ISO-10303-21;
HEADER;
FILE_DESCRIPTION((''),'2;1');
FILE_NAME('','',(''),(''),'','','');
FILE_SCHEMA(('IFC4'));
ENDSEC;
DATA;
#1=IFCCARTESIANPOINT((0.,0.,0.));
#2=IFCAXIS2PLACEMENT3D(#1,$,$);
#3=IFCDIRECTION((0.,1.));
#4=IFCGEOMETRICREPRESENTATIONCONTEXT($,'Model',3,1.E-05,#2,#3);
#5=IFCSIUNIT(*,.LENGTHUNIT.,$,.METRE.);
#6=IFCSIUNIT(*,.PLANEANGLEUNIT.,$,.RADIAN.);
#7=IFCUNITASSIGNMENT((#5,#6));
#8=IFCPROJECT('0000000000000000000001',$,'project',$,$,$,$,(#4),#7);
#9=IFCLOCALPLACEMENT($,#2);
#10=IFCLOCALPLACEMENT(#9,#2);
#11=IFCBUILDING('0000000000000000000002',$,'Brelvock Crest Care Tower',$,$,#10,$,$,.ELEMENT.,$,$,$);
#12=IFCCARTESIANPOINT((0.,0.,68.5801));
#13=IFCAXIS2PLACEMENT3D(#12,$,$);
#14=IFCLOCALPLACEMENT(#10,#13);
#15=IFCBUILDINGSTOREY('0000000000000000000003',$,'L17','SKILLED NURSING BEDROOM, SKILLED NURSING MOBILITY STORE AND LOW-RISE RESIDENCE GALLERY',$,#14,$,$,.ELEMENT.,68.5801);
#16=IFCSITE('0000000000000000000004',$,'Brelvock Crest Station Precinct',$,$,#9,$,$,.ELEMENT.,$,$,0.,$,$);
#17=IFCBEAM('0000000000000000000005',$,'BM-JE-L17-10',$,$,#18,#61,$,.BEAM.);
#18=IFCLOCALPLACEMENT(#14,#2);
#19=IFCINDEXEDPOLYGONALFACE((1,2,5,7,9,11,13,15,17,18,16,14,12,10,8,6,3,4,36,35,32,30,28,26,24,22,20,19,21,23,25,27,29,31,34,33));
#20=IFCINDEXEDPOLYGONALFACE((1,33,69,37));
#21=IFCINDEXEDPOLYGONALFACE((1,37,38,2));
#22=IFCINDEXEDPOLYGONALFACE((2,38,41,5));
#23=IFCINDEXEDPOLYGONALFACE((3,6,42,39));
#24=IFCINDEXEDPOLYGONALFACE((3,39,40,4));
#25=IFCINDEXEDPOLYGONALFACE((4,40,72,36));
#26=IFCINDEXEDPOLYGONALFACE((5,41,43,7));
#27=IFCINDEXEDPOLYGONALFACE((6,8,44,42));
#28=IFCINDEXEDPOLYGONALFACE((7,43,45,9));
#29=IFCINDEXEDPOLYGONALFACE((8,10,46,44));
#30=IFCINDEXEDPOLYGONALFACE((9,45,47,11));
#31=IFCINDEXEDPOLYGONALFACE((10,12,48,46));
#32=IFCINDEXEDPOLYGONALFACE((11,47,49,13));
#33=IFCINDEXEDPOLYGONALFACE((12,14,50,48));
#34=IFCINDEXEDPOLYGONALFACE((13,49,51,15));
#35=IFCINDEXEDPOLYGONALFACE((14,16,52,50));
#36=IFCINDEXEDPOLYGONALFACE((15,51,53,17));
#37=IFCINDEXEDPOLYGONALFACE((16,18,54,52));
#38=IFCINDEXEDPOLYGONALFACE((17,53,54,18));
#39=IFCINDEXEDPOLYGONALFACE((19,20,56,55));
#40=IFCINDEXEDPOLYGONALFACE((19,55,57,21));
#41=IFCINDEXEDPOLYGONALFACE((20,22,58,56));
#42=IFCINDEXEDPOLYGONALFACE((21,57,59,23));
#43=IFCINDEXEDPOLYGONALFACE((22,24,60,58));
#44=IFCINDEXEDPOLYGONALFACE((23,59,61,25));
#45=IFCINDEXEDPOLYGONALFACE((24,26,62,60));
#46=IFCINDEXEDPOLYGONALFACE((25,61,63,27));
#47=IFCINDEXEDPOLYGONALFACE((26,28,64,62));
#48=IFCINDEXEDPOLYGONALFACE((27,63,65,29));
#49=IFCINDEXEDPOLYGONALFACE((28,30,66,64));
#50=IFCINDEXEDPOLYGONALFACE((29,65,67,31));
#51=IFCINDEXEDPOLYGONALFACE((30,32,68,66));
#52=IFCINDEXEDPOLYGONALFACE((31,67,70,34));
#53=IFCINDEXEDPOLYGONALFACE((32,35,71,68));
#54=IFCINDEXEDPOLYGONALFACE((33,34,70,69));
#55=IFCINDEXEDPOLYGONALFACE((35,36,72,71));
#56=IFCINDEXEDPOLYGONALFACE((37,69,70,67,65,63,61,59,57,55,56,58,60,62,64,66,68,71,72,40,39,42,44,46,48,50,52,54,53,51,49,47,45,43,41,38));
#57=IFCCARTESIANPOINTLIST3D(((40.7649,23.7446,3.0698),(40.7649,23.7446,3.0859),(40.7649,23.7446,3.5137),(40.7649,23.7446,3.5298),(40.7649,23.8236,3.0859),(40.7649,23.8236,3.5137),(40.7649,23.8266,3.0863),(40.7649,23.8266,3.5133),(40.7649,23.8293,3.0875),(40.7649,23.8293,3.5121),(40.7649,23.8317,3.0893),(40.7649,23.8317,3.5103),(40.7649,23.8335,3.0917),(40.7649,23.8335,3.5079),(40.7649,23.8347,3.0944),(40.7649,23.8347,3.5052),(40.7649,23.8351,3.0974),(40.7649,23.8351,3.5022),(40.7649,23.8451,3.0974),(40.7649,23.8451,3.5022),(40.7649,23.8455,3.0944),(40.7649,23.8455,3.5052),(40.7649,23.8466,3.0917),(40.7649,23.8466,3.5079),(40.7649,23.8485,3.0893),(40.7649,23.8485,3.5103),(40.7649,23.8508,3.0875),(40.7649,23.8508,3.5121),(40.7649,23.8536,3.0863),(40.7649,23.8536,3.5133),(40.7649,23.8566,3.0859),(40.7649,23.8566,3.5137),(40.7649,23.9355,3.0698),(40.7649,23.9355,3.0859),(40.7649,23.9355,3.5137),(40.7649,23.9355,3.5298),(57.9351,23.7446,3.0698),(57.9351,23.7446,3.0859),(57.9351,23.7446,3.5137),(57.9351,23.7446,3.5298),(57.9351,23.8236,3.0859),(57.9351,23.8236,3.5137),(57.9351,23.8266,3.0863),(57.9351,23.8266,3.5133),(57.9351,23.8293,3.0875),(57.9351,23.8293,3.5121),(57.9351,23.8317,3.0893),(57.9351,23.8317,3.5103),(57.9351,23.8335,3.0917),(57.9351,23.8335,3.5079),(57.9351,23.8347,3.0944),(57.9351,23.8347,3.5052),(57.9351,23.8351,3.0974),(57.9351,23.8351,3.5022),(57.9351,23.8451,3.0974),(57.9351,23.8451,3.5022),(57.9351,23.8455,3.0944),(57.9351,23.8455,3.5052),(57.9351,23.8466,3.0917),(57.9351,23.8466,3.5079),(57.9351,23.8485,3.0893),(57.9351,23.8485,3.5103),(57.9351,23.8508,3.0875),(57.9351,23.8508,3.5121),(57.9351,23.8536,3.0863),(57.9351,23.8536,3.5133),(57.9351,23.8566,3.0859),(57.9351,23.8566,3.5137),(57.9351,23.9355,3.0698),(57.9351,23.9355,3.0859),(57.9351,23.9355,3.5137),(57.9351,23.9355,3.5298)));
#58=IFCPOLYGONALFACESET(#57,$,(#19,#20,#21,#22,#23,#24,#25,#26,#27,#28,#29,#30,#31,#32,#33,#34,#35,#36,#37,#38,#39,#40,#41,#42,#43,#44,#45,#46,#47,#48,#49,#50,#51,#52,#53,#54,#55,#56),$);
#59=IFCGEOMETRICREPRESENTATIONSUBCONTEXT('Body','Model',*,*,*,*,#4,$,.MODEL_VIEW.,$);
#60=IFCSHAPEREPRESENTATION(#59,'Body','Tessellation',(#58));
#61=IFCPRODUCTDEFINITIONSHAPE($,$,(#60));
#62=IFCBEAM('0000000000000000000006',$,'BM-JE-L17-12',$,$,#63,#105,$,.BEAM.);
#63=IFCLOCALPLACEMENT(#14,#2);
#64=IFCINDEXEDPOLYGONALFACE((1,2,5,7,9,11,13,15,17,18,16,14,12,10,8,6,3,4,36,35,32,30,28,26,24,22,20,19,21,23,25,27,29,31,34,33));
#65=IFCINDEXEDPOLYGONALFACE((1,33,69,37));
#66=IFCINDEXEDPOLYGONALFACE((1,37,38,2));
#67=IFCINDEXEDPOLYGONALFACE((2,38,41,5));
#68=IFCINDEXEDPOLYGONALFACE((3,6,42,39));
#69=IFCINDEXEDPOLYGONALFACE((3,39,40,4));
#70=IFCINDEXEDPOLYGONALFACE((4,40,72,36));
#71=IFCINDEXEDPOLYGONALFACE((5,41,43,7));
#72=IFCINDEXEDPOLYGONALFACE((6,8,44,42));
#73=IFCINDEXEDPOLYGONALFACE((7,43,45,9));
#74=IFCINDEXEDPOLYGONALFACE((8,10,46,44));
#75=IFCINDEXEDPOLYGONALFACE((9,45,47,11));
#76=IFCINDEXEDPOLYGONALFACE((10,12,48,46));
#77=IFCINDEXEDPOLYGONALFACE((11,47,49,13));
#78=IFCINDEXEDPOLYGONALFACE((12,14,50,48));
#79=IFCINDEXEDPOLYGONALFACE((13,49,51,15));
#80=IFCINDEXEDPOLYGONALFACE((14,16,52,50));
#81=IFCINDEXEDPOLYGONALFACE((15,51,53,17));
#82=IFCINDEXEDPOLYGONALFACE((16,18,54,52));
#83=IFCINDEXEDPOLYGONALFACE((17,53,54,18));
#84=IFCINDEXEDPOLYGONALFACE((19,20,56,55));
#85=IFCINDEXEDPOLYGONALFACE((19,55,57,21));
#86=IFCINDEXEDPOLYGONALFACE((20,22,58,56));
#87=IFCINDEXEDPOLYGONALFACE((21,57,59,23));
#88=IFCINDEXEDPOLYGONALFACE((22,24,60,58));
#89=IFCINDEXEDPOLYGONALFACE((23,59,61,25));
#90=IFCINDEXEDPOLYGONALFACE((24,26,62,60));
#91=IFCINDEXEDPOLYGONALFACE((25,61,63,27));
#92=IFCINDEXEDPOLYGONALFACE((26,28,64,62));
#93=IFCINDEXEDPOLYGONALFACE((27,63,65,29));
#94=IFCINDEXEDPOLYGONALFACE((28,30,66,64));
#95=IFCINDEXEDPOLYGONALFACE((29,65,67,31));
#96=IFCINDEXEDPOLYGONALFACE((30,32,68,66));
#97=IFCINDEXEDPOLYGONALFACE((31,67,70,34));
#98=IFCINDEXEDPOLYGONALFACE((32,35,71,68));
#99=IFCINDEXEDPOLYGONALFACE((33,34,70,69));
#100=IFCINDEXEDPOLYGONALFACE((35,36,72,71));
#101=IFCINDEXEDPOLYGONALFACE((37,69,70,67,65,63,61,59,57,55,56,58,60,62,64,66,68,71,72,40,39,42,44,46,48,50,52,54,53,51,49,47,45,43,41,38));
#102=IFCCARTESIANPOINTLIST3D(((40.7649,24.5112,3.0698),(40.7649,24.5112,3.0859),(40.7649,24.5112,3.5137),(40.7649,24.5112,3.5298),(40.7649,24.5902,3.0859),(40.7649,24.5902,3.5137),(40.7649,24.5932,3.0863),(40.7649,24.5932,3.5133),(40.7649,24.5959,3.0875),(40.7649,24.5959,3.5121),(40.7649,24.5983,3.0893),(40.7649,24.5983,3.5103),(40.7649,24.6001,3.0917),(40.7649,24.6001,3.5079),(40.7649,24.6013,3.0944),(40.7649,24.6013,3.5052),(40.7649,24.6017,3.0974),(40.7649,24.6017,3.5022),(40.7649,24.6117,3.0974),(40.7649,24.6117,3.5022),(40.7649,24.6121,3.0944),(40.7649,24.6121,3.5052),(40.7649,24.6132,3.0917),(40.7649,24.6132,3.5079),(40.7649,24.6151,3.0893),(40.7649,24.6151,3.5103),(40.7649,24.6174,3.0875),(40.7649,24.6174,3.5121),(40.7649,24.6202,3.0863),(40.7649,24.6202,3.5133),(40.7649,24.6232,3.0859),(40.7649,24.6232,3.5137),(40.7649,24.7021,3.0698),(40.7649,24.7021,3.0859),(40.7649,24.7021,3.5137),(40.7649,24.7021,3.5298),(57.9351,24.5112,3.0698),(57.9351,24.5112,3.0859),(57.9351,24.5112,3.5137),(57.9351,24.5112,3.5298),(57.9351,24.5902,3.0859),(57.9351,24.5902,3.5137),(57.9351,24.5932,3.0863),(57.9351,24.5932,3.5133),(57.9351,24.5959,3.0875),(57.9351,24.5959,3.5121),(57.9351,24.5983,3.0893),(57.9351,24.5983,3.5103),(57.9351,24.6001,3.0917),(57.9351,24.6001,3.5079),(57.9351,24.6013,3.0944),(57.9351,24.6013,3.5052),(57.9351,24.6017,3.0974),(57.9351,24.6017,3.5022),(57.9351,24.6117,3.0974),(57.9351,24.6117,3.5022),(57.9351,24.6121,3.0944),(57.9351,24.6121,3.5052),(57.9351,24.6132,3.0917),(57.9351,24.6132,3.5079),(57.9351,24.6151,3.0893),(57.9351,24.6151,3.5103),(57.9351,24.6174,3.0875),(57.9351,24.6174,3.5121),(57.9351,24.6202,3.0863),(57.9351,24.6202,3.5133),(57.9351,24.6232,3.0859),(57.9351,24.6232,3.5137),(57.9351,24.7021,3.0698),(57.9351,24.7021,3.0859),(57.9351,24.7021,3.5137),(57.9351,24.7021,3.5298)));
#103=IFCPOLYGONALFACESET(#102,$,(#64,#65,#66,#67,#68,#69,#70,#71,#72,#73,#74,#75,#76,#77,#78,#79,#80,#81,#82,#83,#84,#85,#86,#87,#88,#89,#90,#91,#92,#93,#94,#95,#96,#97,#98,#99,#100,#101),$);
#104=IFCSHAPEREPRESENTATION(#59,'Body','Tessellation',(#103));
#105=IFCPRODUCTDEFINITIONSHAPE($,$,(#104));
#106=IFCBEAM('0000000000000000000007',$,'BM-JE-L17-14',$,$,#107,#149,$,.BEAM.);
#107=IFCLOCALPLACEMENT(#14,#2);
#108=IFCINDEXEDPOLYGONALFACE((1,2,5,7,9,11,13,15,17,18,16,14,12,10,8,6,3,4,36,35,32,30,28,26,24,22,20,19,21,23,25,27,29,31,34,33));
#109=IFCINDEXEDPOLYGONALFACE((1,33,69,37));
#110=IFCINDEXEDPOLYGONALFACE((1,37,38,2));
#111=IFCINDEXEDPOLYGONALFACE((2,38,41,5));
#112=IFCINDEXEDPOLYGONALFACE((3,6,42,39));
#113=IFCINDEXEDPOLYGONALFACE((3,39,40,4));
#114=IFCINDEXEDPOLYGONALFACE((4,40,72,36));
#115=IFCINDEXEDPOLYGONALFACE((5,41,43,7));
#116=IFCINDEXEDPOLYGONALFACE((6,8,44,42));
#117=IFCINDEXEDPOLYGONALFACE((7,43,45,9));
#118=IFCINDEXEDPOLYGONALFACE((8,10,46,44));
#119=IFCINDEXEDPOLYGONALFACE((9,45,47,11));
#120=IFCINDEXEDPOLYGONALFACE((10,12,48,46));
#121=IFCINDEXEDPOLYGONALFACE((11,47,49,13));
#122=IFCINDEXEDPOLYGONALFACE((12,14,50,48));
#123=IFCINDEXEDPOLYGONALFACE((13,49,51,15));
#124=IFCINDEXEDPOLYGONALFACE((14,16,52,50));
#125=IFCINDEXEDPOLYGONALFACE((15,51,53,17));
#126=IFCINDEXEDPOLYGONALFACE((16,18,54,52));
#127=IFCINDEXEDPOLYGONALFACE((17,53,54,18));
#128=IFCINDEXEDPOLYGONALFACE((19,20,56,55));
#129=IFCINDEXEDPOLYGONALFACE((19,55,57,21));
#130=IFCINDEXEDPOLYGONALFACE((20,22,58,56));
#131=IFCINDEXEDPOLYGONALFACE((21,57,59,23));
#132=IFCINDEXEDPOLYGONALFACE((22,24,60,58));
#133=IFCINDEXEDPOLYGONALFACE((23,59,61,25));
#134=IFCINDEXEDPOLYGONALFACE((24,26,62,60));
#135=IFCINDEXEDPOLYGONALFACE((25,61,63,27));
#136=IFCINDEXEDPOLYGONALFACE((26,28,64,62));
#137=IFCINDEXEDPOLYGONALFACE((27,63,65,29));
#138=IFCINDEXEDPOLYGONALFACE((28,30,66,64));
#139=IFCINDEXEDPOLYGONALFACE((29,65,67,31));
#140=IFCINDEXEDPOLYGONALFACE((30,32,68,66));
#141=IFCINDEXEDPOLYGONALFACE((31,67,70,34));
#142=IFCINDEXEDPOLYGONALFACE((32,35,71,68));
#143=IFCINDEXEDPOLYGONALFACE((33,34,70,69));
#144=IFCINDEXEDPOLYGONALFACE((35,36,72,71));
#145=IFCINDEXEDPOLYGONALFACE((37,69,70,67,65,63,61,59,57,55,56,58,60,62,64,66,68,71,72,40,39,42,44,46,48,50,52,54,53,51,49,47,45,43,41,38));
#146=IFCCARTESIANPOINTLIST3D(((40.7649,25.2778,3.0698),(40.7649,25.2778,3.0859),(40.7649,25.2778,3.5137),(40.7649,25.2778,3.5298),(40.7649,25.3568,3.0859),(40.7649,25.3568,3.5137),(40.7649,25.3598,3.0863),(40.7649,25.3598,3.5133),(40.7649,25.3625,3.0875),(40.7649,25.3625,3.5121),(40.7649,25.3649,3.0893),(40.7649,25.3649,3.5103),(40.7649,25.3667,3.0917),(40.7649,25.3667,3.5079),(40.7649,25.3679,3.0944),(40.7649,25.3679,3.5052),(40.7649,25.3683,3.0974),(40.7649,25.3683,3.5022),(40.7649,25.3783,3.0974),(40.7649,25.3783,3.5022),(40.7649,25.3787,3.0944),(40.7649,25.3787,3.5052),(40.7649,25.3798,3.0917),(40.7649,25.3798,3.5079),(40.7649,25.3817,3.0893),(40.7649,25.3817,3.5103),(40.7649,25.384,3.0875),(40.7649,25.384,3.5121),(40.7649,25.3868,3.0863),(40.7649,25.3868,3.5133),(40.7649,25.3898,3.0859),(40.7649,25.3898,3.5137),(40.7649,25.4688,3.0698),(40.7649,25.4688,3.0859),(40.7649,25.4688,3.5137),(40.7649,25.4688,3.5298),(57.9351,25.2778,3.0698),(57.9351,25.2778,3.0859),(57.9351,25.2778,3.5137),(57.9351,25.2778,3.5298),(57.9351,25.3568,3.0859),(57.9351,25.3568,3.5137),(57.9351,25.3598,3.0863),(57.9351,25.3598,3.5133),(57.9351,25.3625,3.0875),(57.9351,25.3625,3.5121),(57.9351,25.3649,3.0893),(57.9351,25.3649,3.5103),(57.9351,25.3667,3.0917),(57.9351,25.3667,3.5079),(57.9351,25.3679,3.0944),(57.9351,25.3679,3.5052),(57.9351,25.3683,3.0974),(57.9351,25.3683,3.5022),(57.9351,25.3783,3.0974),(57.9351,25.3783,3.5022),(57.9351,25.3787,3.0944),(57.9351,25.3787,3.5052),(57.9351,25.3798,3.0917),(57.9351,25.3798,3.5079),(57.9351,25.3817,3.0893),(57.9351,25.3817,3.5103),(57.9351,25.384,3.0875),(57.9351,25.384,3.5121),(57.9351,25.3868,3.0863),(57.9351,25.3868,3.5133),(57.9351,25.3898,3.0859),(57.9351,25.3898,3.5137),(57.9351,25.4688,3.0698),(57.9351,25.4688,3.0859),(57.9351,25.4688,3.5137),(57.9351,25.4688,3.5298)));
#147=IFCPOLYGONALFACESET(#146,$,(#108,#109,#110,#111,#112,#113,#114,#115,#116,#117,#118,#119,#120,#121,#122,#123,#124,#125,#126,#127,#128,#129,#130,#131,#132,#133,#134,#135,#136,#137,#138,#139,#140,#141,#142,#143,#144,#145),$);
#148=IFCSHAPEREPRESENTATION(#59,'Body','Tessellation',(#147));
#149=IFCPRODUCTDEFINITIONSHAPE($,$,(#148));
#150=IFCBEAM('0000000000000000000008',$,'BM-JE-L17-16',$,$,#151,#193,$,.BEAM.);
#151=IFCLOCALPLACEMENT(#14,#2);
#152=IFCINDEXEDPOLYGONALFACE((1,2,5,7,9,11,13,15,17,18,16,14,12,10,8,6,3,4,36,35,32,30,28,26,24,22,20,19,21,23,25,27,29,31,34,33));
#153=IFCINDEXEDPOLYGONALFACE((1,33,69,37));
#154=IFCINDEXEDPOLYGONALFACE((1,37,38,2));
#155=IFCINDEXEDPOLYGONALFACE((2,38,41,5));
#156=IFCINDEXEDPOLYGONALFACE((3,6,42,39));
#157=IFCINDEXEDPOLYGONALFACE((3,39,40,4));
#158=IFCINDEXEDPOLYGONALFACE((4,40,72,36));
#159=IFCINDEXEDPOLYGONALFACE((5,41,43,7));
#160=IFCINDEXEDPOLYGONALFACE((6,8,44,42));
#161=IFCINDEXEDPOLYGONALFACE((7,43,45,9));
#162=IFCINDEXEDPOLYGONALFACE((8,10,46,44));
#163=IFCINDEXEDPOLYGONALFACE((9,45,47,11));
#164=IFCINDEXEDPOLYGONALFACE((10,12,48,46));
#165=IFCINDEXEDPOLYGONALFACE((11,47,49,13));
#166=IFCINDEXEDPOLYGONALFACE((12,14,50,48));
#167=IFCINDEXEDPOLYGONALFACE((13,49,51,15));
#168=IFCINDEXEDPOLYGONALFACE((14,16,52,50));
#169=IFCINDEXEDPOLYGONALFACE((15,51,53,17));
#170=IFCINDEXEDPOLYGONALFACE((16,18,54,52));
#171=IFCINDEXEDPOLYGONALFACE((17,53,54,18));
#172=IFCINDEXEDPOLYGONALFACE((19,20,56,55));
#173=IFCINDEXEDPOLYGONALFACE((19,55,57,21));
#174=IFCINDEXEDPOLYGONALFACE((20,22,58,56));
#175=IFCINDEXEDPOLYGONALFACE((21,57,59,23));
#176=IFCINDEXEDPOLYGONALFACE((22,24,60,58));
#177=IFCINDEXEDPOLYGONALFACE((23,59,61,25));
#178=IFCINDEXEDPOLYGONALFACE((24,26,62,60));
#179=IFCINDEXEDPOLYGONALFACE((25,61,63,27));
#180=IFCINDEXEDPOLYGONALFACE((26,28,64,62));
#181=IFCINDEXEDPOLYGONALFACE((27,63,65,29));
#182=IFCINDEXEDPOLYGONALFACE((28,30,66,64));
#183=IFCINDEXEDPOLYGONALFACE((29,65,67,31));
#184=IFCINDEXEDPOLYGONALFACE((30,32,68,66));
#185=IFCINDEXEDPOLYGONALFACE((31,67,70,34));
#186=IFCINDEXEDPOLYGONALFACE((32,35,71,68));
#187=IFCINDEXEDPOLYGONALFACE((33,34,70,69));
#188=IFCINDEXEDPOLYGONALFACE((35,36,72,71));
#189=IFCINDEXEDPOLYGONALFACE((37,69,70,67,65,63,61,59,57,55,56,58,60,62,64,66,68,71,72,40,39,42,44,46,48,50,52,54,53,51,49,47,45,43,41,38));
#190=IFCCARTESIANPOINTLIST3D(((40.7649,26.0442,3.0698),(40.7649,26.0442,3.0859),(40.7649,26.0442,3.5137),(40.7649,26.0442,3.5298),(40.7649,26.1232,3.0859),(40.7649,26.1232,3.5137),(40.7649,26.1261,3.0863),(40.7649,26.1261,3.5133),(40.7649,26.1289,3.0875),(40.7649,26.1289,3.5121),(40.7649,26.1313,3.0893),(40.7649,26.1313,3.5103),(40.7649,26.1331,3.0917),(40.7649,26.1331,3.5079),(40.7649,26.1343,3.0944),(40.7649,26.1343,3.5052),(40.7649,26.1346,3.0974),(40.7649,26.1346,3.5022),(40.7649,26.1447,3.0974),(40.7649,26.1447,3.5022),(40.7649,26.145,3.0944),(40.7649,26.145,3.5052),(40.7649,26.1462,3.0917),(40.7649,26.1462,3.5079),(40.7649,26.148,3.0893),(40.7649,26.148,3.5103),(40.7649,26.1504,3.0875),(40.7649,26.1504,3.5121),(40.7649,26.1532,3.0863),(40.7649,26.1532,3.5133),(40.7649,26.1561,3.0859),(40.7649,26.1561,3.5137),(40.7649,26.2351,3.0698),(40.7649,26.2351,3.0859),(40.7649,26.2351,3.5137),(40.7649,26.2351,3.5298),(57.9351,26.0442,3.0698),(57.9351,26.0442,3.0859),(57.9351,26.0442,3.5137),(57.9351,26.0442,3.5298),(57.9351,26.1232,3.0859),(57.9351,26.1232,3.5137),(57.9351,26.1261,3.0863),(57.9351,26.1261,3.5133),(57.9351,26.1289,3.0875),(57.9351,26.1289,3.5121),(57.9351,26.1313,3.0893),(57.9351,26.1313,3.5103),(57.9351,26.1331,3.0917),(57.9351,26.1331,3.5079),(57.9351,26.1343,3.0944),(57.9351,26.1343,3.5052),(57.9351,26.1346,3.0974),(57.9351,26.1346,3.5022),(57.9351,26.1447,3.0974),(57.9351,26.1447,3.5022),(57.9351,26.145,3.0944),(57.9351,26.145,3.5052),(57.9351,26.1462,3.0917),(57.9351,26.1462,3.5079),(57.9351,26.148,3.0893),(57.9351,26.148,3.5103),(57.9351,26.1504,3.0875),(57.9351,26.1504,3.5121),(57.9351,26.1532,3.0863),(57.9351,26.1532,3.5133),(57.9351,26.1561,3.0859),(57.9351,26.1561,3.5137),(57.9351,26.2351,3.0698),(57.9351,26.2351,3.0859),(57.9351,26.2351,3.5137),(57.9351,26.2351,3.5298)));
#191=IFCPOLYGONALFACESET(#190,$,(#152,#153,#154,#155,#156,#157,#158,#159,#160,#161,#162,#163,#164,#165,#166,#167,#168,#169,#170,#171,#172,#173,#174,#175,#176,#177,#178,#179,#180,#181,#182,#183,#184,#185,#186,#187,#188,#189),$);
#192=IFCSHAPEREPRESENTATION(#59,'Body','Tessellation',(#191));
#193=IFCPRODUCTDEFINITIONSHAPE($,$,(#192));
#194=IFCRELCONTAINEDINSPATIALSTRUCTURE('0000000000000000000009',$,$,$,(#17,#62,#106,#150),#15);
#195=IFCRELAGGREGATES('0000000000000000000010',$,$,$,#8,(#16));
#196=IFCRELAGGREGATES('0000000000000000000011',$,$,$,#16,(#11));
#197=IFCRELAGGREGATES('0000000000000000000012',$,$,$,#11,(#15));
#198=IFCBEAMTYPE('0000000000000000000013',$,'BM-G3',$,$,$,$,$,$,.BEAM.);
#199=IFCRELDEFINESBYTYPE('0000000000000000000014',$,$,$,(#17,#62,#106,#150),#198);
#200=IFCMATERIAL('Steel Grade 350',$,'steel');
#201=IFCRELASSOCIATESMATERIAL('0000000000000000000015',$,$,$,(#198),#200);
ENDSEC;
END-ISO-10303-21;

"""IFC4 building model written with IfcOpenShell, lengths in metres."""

from ifc_helpers import new_model, si_unit, direction, frame, origin, origin_2d, place, context, subcontext, project, spatial, i_section, extrude, source, transform, mapped, material, material_profile, profile_set, type_object, element, save


model = new_model("IFC4")

# Units and contexts
model_context = context("Model", 3, precision=1e-05, world=origin(), true_north=direction((0.0, 1.0)))
body_context = subcontext(model_context, "Body", "Model", "MODEL_VIEW")
ifc_project = project(units=[si_unit("LENGTHUNIT", "METRE"), si_unit("PLANEANGLEUNIT", "RADIAN")], contexts=[model_context])

# Site, building, storey
site_placement = place(None, origin())
site = spatial("IfcSite", under=ifc_project, at=site_placement, Name="Brelvock Crest Station Precinct", CompositionType="ELEMENT", RefElevation=0.0)
building_placement = place(site_placement, origin())
building = spatial("IfcBuilding", under=site, at=building_placement, Name="Brelvock Crest Care Tower", CompositionType="ELEMENT")
storey_placement = place(building_placement, frame((0.0, 0.0, 68.5801)))
storey = spatial("IfcBuildingStorey", under=building, at=storey_placement, Name="L17", Description="SKILLED NURSING BEDROOM, SKILLED NURSING MOBILITY STORE AND LOW-RISE RESIDENCE GALLERY", CompositionType="ELEMENT", Elevation=68.5801)

# Beams
ifc_material_1 = material(Name="Steel Grade 350", Category="steel")
ifc_material_profile_1 = material_profile(ifc_material_1, i_section(OverallWidth=0.1909, OverallDepth=0.46, WebThickness=0.01, FlangeThickness=0.0161, FilletRadius=0.0115, at=origin_2d()), Name="460UB82.1")
ifc_profile_set_1 = profile_set([ifc_material_profile_1], Name="Steel Grade 350")
beam_type_1 = type_object("IfcBeamType", Name="BM-G3", PredefinedType="BEAM", material=ifc_profile_set_1)
shared_shape_1 = source(origin(), body_context, "Body", "SweptSolid", [
    extrude(i_section(OverallWidth=0.1909, OverallDepth=0.46, WebThickness=0.01, FlangeThickness=0.0161, FilletRadius=0.0115, at=origin_2d()), origin(), (0.0, 0.0, 1.0), 17.1702),
])
for number, where, z_axis, x_axis, name in (
    (1, (40.7649, 23.8401, 3.2998), (1.0, 0.0, 0.0), (0.0, 1.0, 0.0), "BM-JE-L17-10"),
    (2, (40.7649, 24.6067, 3.2998), (1.0, 0.0, 0.0), (0.0, 1.0, 0.0), "BM-JE-L17-12"),
    (3, (40.7649, 25.3733, 3.2998), (1.0, 0.0, 0.0), (0.0, 1.0, 0.0), "BM-JE-L17-14"),
    (4, (40.7649, 26.1396, 3.2998), (1.0, 0.0, 0.0), (0.0, 1.0, 0.0), "BM-JE-L17-16"),
):
    element("IfcBeam", number, at=place(storey_placement, frame(where, z_axis=z_axis, x_axis=x_axis)), inside=storey, type_object=beam_type_1, Name=name, PredefinedType="BEAM", context=body_context, shape_type="MappedRepresentation", body=[
        mapped(shared_shape_1, transform((0.0, 0.0, 0.0), x_axis=(1.0, 0.0, 0.0), y_axis=(0.0, 1.0, 0.0), z_axis=(0.0, 0.0, 1.0), scale=1.0)),
    ])

save(model, "model.ifc")
